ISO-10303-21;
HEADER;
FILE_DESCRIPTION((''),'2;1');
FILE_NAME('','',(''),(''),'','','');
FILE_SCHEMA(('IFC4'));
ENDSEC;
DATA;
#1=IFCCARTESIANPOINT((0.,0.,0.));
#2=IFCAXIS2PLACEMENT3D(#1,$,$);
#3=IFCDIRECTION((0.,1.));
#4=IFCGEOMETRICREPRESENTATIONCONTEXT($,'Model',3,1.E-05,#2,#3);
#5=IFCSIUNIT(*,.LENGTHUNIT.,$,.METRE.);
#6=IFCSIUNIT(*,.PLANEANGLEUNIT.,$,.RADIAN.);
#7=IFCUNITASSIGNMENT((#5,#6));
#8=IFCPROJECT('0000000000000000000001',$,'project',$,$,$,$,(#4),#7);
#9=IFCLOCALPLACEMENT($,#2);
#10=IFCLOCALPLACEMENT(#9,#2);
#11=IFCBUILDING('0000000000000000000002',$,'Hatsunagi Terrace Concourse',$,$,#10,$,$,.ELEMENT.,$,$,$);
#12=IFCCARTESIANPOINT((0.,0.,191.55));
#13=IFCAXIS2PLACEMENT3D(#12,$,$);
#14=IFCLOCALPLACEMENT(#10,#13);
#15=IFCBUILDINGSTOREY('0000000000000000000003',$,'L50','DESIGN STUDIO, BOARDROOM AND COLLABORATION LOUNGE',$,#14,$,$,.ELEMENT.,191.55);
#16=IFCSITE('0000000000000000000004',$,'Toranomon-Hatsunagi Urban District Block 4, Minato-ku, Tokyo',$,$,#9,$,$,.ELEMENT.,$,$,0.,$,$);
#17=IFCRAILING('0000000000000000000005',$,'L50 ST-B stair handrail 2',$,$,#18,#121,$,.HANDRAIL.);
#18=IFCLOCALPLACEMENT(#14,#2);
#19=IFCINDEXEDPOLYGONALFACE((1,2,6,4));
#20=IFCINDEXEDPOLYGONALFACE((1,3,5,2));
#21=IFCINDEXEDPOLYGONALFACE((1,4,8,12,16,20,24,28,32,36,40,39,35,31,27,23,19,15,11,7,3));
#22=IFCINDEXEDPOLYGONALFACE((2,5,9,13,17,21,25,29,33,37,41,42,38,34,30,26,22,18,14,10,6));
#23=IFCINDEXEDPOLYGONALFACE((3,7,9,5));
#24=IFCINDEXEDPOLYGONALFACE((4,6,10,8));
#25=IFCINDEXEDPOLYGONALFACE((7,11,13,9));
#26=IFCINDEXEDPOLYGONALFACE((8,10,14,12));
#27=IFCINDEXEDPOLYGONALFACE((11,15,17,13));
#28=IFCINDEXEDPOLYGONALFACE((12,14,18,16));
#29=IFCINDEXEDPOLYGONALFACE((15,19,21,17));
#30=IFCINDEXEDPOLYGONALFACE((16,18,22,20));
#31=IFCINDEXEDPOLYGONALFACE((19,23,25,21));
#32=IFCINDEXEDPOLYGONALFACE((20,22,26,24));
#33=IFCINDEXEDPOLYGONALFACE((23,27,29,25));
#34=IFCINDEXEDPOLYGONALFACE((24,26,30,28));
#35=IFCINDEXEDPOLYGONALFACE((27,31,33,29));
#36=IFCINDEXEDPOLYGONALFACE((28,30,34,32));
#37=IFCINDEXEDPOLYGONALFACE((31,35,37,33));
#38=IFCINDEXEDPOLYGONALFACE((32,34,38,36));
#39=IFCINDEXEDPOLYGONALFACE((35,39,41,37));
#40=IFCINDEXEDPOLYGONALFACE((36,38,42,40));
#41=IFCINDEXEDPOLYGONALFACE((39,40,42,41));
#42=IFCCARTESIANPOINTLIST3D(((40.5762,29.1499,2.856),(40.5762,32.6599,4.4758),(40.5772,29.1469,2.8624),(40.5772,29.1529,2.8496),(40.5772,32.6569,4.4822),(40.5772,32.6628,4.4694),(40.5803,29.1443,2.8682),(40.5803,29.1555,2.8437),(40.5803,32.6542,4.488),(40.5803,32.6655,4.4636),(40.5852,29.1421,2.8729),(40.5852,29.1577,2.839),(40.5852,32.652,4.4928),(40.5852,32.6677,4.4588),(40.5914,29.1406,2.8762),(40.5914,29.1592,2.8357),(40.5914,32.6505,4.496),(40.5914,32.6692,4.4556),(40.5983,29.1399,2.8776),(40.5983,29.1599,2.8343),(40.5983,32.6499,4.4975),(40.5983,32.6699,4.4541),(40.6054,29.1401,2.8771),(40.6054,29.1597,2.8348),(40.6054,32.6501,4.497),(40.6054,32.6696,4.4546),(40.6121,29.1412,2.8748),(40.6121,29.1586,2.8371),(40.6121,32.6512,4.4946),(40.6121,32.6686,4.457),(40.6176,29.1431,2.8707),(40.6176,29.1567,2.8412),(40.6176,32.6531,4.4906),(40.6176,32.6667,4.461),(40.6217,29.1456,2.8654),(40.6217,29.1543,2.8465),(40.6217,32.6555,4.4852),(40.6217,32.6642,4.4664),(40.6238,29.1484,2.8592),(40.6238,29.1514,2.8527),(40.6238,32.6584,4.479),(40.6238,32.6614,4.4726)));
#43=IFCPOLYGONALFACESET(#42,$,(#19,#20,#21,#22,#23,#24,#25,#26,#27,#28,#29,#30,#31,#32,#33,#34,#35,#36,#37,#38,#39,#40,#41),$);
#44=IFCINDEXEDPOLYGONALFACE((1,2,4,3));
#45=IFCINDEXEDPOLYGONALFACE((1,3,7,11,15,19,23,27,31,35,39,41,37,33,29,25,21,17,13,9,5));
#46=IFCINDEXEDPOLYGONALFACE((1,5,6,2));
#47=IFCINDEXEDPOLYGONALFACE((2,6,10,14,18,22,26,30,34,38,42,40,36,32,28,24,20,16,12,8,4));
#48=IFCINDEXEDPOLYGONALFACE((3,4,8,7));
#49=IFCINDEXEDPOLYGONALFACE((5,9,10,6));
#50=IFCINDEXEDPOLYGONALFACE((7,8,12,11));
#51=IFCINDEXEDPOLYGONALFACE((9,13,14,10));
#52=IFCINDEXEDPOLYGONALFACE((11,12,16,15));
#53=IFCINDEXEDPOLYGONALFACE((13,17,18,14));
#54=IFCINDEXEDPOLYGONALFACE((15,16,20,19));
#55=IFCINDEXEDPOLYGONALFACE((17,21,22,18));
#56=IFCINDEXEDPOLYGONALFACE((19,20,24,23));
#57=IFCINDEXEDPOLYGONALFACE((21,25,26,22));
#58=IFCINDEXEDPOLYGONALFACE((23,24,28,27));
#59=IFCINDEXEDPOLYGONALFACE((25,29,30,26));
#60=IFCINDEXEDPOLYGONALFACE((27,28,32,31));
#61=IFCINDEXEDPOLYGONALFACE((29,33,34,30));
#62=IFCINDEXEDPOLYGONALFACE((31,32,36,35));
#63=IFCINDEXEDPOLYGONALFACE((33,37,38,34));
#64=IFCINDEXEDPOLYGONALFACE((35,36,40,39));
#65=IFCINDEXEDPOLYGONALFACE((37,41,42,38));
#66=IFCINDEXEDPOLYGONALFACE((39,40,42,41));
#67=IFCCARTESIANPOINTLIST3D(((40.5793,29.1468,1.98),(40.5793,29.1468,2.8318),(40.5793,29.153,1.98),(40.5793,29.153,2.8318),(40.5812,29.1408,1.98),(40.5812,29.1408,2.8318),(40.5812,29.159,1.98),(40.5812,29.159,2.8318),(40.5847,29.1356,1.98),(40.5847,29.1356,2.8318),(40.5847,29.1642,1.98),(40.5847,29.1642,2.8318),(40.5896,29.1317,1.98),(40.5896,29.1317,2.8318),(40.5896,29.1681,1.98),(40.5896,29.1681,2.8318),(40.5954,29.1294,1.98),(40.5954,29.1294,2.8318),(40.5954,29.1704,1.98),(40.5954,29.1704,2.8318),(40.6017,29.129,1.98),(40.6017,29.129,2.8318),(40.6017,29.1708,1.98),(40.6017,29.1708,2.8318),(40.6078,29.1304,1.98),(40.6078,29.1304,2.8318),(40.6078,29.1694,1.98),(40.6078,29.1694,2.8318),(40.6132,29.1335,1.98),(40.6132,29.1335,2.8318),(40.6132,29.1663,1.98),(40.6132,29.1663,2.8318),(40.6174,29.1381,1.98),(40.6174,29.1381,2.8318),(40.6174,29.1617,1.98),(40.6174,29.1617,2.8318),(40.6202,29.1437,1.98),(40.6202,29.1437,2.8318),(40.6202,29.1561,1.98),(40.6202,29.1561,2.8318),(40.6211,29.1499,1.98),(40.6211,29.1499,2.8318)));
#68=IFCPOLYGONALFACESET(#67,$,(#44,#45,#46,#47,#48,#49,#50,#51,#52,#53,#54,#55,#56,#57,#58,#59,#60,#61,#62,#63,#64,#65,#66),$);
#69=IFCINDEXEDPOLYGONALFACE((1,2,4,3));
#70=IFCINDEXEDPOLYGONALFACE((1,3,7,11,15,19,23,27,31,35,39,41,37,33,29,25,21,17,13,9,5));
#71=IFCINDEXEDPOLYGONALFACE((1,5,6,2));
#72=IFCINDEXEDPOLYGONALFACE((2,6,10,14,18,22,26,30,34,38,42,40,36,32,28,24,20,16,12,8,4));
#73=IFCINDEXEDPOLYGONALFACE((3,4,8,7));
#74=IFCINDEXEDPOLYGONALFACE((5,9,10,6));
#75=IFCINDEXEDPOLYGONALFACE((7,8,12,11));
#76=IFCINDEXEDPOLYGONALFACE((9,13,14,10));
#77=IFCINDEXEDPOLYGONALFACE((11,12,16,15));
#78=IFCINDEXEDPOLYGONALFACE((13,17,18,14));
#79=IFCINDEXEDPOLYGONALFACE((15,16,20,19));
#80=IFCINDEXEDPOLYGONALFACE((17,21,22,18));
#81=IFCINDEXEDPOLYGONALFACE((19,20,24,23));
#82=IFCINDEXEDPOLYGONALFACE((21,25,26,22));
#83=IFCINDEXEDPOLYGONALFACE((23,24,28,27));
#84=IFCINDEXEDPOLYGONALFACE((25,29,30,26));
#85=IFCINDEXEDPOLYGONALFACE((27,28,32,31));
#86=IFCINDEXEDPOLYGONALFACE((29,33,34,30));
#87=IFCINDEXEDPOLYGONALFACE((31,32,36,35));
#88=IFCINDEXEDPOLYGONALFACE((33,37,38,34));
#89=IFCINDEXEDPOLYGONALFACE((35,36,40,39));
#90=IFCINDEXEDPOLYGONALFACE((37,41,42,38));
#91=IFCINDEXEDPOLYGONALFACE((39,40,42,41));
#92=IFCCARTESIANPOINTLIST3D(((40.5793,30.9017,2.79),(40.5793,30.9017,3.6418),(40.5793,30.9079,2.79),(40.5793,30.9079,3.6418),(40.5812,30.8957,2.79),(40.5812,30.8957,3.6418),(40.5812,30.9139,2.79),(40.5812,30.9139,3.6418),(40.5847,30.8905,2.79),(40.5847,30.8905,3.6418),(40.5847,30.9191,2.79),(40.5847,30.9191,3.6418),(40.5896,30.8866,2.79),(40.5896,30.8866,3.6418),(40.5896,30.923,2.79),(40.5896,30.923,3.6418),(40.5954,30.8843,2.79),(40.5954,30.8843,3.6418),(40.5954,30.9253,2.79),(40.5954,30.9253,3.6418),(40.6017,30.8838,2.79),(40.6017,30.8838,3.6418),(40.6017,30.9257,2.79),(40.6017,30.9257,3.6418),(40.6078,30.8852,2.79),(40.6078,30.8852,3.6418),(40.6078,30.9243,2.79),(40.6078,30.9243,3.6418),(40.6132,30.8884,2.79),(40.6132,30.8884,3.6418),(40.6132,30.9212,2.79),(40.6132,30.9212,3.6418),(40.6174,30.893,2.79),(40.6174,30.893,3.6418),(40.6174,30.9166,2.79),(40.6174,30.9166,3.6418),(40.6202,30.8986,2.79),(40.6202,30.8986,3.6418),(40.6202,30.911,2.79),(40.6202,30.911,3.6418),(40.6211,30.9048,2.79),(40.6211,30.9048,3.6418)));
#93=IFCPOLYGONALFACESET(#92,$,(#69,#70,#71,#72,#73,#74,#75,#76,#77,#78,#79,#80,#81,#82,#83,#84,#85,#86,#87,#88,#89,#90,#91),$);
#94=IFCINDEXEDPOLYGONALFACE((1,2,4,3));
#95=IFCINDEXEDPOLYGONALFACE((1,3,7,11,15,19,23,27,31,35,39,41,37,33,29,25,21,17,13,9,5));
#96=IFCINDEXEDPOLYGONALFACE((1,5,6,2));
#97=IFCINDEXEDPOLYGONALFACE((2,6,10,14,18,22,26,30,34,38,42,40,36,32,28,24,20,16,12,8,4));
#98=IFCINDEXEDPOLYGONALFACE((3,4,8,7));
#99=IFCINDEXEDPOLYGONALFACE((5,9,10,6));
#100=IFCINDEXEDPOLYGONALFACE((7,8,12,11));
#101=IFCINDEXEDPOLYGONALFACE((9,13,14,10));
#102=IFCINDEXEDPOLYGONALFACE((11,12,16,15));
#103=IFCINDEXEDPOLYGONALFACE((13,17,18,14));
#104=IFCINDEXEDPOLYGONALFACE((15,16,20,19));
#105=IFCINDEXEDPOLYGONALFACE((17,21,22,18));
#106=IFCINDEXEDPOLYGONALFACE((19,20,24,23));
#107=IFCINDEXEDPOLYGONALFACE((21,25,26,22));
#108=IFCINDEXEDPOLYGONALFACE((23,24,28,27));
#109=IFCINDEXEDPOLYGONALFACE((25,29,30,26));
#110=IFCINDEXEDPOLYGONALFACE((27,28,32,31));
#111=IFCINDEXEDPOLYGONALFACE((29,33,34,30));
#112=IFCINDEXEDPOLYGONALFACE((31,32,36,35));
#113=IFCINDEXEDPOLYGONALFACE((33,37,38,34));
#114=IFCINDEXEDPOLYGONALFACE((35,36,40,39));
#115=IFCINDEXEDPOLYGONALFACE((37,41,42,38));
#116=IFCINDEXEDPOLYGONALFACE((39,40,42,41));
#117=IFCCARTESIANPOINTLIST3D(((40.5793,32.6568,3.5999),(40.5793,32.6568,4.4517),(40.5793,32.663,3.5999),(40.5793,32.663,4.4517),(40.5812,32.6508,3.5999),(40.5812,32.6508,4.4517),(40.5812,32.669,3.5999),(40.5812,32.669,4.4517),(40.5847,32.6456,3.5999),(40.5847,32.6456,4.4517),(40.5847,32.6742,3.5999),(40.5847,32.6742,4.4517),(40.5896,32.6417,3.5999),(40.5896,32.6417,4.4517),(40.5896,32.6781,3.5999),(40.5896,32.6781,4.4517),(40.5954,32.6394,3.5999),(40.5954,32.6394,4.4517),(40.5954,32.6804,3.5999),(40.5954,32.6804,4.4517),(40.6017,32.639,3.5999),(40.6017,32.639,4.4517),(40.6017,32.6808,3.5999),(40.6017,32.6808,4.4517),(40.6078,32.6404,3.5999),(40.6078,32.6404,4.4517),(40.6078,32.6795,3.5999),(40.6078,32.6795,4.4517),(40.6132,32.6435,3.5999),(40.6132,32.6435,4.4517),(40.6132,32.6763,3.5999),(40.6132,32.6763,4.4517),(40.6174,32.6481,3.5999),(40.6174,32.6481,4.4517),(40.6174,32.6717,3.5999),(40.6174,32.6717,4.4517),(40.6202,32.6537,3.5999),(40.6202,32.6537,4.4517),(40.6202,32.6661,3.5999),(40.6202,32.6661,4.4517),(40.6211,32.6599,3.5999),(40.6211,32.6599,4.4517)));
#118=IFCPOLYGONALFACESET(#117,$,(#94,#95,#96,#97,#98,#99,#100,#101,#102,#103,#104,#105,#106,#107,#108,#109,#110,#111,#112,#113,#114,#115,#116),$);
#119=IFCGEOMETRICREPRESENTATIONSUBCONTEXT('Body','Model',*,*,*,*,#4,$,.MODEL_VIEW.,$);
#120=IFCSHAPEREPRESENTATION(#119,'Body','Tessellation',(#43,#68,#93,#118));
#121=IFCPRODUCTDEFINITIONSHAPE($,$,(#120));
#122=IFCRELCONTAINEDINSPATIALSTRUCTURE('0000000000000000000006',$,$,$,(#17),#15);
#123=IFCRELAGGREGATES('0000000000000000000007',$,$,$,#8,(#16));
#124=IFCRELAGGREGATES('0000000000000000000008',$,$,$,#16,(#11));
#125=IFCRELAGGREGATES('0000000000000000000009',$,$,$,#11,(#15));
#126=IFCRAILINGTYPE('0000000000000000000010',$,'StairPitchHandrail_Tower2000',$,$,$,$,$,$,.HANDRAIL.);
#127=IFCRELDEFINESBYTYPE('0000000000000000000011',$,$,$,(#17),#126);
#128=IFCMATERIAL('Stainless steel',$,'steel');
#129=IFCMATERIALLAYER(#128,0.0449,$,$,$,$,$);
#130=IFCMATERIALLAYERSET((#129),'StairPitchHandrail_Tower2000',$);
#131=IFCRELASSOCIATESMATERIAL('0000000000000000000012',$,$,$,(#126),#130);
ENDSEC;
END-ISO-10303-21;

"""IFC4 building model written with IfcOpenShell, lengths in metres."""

from ifc_helpers import new_model, si_unit, direction, frame, origin, origin_2d, place, context, subcontext, project, spatial, circle, extrude, material, layer, layer_set, type_object, element, save


model = new_model("IFC4")

# Units and contexts
model_context = context("Model", 3, precision=1e-05, world=origin(), true_north=direction((0.0, 1.0)))
body_context = subcontext(model_context, "Body", "Model", "MODEL_VIEW")
ifc_project = project(units=[si_unit("LENGTHUNIT", "METRE"), si_unit("PLANEANGLEUNIT", "RADIAN")], contexts=[model_context])

# Site, building, storey
site_placement = place(None, origin())
site = spatial("IfcSite", under=ifc_project, at=site_placement, Name="Toranomon-Hatsunagi Urban District Block 4, Minato-ku, Tokyo", CompositionType="ELEMENT", RefElevation=0.0)
building_placement = place(site_placement, origin())
building = spatial("IfcBuilding", under=site, at=building_placement, Name="Hatsunagi Terrace Concourse", CompositionType="ELEMENT")
storey_placement = place(building_placement, frame((0.0, 0.0, 191.55)))
storey = spatial("IfcBuildingStorey", under=building, at=storey_placement, Name="L50", Description="DESIGN STUDIO, BOARDROOM AND COLLABORATION LOUNGE", CompositionType="ELEMENT", Elevation=191.55)

# Railing
ifc_material_1 = material(Name="Stainless steel", Category="steel")
ifc_layer_1 = layer(ifc_material_1, 0.0449)
ifc_layer_set_1 = layer_set([ifc_layer_1], Name="StairPitchHandrail_Tower2000")
railing_type_1 = type_object("IfcRailingType", Name="StairPitchHandrail_Tower2000", PredefinedType="HANDRAIL", material=ifc_layer_set_1)
railing_1_placement = place(storey_placement, frame((40.6001, 29.1499, 1.98)))
element("IfcRailing", 1, at=railing_1_placement, inside=storey, type_object=railing_type_1, Name="L50 ST-B stair handrail 2", PredefinedType="HANDRAIL", context=body_context, shape_type="SweptSolid", body=[
    extrude(circle(Radius=0.0239, at=origin_2d()), frame((0.0, 0.0, 0.876), z_axis=(0.0, 0.907972, 0.41903), x_axis=(-1.0, 0.0, 0.0)), (0.0, 0.0, 1.0), 3.8657),
    extrude(circle(Radius=0.021, at=origin_2d()), origin(), (0.0, 0.0, 1.0), 0.8518),
    extrude(circle(Radius=0.021, at=origin_2d()), frame((0.0, 1.7549, 0.8101)), (0.0, 0.0, 1.0), 0.8518),
    extrude(circle(Radius=0.021, at=origin_2d()), frame((0.0, 3.51, 1.6199)), (0.0, 0.0, 1.0), 0.8518),
])

save(model, "model.ifc")
